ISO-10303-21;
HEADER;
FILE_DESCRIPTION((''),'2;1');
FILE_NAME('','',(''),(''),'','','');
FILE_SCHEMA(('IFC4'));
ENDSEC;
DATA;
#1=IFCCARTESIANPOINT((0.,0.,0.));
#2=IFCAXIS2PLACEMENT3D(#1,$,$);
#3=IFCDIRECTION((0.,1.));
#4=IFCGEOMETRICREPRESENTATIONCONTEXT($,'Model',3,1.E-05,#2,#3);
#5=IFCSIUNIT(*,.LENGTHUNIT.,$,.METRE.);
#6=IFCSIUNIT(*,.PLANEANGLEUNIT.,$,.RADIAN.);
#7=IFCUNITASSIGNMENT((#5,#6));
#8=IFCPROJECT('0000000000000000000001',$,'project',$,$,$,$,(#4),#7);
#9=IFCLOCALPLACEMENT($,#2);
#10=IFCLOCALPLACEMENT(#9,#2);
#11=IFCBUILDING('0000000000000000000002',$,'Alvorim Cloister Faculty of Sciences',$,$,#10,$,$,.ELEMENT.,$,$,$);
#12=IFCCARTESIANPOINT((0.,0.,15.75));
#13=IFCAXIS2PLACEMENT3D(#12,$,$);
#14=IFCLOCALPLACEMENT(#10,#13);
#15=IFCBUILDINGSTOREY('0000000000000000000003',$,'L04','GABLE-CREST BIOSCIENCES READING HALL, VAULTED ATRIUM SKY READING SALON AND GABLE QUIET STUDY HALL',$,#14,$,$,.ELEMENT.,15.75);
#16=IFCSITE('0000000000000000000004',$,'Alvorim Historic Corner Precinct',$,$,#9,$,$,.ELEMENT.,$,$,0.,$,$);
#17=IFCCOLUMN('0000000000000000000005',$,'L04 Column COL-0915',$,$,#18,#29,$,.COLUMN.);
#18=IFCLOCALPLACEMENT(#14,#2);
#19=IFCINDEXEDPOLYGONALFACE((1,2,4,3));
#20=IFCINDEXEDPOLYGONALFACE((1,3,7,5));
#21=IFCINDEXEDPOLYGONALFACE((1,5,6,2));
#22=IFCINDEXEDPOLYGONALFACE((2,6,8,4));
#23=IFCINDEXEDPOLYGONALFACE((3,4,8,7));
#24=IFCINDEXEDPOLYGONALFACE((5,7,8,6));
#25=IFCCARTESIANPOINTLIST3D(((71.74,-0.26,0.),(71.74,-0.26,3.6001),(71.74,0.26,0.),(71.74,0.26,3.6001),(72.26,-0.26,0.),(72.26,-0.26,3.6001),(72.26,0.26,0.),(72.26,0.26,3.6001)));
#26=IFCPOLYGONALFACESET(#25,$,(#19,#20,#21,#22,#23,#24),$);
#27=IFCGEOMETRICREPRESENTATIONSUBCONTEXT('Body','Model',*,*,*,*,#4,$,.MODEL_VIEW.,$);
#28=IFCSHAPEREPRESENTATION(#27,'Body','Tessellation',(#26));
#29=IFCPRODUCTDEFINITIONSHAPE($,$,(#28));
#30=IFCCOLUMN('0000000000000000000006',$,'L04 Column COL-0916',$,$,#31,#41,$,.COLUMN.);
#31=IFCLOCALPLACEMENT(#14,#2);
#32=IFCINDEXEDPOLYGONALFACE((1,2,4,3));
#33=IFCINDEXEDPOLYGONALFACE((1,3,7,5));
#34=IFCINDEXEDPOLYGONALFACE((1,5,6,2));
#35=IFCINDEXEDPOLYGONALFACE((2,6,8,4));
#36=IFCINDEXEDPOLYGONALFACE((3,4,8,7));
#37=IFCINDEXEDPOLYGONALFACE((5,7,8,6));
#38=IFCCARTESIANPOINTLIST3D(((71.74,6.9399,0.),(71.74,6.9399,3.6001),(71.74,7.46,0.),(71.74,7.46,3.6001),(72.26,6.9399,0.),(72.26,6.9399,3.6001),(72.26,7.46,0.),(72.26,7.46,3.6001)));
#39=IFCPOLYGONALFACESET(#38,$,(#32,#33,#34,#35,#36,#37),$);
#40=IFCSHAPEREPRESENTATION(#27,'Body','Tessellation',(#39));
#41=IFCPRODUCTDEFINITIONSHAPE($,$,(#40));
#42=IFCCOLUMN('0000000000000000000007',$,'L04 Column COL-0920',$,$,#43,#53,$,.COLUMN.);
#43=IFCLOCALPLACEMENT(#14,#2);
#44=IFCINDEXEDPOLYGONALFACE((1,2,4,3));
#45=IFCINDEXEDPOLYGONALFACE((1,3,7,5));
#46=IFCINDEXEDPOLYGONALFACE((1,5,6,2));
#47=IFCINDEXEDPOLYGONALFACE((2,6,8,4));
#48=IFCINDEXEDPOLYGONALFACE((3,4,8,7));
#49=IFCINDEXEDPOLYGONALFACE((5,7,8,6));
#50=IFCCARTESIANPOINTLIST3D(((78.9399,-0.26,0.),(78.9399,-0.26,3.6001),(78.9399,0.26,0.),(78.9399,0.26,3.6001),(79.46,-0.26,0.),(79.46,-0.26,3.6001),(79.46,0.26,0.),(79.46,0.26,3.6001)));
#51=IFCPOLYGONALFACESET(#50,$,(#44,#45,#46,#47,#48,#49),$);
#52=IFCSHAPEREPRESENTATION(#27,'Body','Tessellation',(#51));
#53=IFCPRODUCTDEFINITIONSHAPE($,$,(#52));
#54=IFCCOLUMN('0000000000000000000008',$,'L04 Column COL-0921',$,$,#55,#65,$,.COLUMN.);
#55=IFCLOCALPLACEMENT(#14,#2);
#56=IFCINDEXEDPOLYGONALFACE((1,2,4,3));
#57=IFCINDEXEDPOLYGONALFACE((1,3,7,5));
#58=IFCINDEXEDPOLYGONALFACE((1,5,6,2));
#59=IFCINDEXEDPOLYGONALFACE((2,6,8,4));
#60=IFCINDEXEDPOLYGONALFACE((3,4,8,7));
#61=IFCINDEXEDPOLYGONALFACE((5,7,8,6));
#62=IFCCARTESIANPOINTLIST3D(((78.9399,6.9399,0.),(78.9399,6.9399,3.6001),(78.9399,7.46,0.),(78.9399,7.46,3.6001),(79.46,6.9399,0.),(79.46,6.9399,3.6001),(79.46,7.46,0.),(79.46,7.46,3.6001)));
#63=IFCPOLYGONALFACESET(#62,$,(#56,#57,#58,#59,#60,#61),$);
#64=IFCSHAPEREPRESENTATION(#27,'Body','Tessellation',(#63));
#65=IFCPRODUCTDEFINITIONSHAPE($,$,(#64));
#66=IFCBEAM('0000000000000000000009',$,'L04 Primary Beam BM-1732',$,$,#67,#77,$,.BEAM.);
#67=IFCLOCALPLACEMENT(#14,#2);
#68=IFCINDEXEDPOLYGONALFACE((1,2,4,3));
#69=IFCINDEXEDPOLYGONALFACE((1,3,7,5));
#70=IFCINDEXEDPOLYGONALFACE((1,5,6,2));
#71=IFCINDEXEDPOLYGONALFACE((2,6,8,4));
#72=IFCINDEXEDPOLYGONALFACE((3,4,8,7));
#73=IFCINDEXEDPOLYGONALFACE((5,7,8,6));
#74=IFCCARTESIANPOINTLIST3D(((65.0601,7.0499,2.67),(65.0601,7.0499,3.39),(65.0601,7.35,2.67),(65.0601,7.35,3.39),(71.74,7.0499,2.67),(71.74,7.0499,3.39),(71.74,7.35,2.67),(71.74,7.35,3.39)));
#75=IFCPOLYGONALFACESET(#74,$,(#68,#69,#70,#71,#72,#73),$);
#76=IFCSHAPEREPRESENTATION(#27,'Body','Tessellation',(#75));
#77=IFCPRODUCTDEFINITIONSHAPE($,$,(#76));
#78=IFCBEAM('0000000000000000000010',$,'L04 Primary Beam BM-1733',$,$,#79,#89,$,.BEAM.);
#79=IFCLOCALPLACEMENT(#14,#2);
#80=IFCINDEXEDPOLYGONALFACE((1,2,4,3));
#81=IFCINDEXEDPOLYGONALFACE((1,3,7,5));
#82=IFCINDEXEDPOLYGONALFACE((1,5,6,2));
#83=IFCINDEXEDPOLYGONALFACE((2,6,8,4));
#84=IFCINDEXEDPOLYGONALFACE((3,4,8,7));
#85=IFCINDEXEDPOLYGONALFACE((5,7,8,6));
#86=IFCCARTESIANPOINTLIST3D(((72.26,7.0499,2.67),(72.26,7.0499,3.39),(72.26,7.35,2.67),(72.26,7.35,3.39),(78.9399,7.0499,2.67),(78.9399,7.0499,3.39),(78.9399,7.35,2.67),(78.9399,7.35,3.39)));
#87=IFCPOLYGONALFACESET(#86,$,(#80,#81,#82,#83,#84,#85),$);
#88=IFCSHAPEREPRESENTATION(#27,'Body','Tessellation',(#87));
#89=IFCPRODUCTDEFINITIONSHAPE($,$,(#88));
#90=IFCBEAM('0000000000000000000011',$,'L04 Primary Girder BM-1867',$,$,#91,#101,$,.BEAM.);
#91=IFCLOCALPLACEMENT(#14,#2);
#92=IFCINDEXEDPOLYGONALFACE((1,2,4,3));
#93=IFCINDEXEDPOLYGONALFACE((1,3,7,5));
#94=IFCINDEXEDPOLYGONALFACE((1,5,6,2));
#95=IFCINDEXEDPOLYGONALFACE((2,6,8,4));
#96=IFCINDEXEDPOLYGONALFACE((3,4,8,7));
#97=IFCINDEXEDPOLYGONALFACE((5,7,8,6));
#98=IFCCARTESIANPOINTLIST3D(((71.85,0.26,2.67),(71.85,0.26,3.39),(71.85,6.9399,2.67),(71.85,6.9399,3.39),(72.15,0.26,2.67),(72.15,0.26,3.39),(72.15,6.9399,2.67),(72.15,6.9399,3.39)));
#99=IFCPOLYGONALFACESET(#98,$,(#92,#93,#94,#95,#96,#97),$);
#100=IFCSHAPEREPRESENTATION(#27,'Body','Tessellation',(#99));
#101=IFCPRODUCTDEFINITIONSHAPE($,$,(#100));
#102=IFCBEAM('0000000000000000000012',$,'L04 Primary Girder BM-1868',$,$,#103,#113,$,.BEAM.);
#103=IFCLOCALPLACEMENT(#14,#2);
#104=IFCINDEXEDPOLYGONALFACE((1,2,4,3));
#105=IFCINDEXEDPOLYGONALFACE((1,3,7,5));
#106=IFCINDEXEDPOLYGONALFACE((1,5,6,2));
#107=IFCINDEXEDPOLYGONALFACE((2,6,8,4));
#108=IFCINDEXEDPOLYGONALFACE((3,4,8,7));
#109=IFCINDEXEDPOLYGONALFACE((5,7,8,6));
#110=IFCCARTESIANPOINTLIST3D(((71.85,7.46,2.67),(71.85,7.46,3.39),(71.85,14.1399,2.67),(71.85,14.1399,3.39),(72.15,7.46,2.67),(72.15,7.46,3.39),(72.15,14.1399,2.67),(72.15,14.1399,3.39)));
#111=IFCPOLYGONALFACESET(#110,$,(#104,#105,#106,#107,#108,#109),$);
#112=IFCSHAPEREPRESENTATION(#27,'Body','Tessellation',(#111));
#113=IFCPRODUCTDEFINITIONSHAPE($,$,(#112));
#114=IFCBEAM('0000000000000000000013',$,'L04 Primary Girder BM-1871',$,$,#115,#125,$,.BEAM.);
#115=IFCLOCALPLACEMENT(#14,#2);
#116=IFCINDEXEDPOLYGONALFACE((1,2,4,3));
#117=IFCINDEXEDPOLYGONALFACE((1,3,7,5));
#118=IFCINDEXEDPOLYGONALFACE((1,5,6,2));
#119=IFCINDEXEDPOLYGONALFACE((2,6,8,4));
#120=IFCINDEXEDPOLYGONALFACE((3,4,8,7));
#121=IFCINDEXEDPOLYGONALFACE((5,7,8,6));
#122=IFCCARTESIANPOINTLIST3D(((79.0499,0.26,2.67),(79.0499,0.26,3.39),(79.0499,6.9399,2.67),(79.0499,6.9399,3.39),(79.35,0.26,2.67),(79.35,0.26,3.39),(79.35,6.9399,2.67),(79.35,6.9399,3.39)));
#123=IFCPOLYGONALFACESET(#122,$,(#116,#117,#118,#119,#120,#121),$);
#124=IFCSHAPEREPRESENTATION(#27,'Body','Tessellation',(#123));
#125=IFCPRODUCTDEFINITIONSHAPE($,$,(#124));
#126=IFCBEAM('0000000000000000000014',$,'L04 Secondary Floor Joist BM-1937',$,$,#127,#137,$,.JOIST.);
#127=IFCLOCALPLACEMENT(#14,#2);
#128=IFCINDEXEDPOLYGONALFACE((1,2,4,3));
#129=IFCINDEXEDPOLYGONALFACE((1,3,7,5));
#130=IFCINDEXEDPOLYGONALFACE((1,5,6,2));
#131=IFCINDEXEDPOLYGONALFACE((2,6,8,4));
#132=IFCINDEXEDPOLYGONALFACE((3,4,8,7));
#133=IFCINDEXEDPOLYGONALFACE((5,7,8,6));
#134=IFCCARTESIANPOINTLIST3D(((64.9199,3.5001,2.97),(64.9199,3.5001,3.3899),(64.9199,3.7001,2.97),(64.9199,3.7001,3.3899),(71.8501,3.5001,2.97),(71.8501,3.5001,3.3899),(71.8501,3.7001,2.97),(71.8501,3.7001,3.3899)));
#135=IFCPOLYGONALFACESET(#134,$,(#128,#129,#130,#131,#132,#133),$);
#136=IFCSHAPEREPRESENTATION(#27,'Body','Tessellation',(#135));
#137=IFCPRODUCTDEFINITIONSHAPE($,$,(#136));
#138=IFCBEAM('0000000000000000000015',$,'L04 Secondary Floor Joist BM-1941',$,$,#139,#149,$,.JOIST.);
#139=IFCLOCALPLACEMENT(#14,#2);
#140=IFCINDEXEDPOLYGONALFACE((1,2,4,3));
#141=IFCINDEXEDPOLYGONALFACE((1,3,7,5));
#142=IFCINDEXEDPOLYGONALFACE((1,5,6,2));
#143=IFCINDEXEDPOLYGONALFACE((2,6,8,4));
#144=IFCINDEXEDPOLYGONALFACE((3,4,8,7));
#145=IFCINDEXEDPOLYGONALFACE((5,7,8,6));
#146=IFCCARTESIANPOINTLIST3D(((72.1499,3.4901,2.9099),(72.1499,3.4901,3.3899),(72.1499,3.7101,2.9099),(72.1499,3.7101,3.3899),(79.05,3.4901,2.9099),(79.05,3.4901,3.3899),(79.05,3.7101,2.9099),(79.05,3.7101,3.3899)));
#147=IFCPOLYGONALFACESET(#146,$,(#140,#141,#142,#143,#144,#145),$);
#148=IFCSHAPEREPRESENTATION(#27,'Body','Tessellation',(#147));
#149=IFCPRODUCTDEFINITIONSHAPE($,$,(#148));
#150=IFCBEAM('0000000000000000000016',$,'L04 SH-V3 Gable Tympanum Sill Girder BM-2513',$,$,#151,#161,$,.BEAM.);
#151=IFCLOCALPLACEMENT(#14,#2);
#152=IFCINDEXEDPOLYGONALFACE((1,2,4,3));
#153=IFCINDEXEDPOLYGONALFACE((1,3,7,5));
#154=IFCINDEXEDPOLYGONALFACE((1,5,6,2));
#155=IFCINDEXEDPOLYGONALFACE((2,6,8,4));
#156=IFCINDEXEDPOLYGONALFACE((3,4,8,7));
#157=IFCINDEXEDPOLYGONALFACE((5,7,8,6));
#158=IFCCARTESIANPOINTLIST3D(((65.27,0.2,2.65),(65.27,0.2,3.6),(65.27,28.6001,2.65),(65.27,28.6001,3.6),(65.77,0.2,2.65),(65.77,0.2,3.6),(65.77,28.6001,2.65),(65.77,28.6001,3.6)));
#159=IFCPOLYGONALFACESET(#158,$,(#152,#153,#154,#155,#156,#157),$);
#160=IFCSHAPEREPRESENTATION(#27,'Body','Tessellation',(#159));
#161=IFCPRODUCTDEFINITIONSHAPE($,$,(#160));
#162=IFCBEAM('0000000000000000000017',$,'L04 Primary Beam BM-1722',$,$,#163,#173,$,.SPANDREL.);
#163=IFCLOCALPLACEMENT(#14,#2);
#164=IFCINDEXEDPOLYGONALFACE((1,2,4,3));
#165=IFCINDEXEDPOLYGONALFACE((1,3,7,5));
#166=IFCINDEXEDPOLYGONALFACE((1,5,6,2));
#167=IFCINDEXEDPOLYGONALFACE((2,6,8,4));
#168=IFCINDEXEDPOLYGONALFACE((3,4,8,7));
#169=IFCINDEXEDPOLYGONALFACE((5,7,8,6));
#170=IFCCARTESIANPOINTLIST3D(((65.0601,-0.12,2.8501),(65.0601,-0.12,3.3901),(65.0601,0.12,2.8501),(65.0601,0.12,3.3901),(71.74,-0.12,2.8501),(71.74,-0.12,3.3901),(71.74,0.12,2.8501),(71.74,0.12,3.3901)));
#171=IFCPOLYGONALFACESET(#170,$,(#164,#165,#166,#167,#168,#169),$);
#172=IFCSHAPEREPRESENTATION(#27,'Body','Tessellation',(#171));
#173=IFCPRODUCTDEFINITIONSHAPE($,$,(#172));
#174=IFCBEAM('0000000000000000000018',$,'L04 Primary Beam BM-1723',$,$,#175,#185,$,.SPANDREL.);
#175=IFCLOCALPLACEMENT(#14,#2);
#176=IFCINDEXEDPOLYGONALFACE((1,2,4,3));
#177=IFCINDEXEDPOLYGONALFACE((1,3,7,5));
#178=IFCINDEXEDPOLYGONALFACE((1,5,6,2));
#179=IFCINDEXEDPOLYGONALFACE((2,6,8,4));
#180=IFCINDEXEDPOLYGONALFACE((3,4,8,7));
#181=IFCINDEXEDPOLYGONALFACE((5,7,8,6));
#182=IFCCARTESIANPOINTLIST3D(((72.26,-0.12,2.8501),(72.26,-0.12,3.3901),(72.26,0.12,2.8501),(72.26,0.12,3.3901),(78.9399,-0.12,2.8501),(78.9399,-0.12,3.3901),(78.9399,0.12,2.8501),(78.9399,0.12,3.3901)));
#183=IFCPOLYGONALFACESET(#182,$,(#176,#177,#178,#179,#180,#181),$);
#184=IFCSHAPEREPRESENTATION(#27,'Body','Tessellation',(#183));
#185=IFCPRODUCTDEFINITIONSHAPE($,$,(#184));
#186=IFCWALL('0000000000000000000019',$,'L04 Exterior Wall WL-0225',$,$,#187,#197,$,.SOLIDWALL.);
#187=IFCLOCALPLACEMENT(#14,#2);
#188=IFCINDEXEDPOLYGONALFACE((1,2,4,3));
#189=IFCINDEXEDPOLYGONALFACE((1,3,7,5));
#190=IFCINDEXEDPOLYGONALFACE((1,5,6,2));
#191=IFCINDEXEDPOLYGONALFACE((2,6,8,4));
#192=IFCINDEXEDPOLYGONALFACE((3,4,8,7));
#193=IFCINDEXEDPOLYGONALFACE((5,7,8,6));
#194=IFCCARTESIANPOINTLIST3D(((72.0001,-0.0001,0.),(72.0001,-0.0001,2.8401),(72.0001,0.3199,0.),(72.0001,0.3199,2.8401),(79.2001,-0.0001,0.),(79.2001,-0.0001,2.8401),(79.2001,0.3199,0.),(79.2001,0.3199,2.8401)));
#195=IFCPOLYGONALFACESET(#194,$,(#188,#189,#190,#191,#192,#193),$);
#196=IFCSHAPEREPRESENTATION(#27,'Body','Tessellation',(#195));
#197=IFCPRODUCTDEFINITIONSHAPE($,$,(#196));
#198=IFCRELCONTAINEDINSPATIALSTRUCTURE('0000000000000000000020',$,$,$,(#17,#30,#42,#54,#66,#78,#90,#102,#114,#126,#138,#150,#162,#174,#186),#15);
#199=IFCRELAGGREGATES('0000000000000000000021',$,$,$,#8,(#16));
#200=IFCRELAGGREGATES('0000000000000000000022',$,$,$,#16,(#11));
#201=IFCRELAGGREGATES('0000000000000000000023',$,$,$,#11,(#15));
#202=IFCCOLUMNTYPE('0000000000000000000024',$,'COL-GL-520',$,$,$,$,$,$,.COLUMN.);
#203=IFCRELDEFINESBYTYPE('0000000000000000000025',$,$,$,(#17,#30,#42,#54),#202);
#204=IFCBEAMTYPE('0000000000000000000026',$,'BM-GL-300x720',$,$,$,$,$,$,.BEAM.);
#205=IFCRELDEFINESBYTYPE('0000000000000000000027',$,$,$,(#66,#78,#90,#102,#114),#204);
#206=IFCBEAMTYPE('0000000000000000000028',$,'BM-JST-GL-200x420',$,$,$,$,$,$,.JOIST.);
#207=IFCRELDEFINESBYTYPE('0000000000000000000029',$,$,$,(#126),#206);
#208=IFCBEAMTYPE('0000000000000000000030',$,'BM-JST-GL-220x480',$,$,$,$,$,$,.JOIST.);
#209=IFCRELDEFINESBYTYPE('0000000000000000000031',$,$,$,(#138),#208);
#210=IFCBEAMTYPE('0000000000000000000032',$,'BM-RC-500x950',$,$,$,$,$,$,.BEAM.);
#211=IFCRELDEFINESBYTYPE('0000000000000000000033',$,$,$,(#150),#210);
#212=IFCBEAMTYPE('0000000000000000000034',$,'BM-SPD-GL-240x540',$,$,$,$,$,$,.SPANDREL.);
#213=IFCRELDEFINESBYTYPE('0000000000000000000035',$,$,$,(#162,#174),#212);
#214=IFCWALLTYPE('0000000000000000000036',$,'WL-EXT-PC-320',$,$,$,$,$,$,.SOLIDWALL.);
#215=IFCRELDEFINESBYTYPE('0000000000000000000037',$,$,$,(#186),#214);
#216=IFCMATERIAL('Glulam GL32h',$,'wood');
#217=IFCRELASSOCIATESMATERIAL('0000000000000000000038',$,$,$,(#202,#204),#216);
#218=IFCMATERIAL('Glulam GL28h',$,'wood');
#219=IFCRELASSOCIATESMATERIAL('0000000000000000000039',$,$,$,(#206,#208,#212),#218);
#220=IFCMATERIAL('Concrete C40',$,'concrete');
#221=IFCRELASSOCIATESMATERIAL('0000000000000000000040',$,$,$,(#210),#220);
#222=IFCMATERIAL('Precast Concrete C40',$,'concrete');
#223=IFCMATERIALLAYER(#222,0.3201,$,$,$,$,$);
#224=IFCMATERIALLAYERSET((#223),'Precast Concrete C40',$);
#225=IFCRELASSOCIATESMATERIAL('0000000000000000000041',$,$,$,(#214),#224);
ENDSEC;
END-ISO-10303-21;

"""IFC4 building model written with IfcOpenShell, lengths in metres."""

from ifc_helpers import new_model, si_unit, direction, frame, frame_2d, origin, origin_2d, place, context, subcontext, project, spatial, rectangle, extrude, material, layer, layer_set, material_profile, profile_set, type_object, element, save


model = new_model("IFC4")

# Units and contexts
model_context = context("Model", 3, precision=1e-05, world=origin(), true_north=direction((0.0, 1.0)))
body_context = subcontext(model_context, "Body", "Model", "MODEL_VIEW")
ifc_project = project(units=[si_unit("LENGTHUNIT", "METRE"), si_unit("PLANEANGLEUNIT", "RADIAN")], contexts=[model_context])

# Site, building, storey
site_placement = place(None, origin())
site = spatial("IfcSite", under=ifc_project, at=site_placement, Name="Alvorim Historic Corner Precinct", CompositionType="ELEMENT", RefElevation=0.0)
building_placement = place(site_placement, origin())
building = spatial("IfcBuilding", under=site, at=building_placement, Name="Alvorim Cloister Faculty of Sciences", CompositionType="ELEMENT")
storey_placement = place(building_placement, frame((0.0, 0.0, 15.75)))
storey = spatial("IfcBuildingStorey", under=building, at=storey_placement, Name="L04", Description="GABLE-CREST BIOSCIENCES READING HALL, VAULTED ATRIUM SKY READING SALON AND GABLE QUIET STUDY HALL", CompositionType="ELEMENT", Elevation=15.75)

# Columns
ifc_material_1 = material(Name="Glulam GL32h", Category="wood")
ifc_material_profile_1 = material_profile(ifc_material_1, rectangle(XDim=0.52, YDim=0.52, at=origin_2d()), Name="GL32-COL-520x520")
ifc_profile_set_1 = profile_set([ifc_material_profile_1], Name="Glulam GL32h")
column_type = type_object("IfcColumnType", Name="COL-GL-520", PredefinedType="COLUMN", material=ifc_profile_set_1)
for number, where, z_axis, x_axis, name in (
    (1, (72.0, 0.0, 0.0), (0.0, 0.0, 1.0), (1.0, 0.0, 0.0), "L04 Column COL-0915"),
    (2, (72.0, 7.2, 0.0), (0.0, 0.0, 1.0), (1.0, 0.0, 0.0), "L04 Column COL-0916"),
    (3, (79.2, 0.0, 0.0), (0.0, 0.0, 1.0), (1.0, 0.0, 0.0), "L04 Column COL-0920"),
    (4, (79.2, 7.2, 0.0), (0.0, 0.0, 1.0), (1.0, 0.0, 0.0), "L04 Column COL-0921"),
):
    element("IfcColumn", number, at=place(storey_placement, frame(where, z_axis=z_axis, x_axis=x_axis)), inside=storey, type_object=column_type, Name=name, PredefinedType="COLUMN", context=body_context, shape_type="SweptSolid", body=[
        extrude(rectangle(XDim=0.52, YDim=0.52, at=origin_2d()), origin(), (0.0, 0.0, 1.0), 3.6001),
    ])

# Beams
ifc_material_profile_2 = material_profile(ifc_material_1, rectangle(XDim=0.3, YDim=0.72, at=origin_2d()), Name="GL32-BM-300x720")
ifc_profile_set_2 = profile_set([ifc_material_profile_2], Name="Glulam GL32h")
beam_type_1 = type_object("IfcBeamType", Name="BM-GL-300x720", PredefinedType="BEAM", material=ifc_profile_set_2)
for number, where, z_axis, x_axis, name in (
    (5, (65.0601, 7.2, 3.03), (1.0, 0.0, 0.0), (0.0, 1.0, 0.0), "L04 Primary Beam BM-1732"),
    (6, (72.26, 7.2, 3.03), (1.0, 0.0, 0.0), (0.0, 1.0, 0.0), "L04 Primary Beam BM-1733"),
    (7, (72.0, 0.26, 3.03), (0.0, 1.0, 0.0), (-1.0, 0.0, 0.0), "L04 Primary Girder BM-1867"),
    (8, (72.0, 7.46, 3.03), (0.0, 1.0, 0.0), (-1.0, 0.0, 0.0), "L04 Primary Girder BM-1868"),
    (9, (79.2, 0.26, 3.03), (0.0, 1.0, 0.0), (-1.0, 0.0, 0.0), "L04 Primary Girder BM-1871"),
):
    element("IfcBeam", number, at=place(storey_placement, frame(where, z_axis=z_axis, x_axis=x_axis)), inside=storey, type_object=beam_type_1, Name=name, PredefinedType="BEAM", context=body_context, shape_type="SweptSolid", body=[
        extrude(rectangle(XDim=0.3, YDim=0.72, at=origin_2d()), origin(), (0.0, 0.0, 1.0), 6.6799),
    ])
ifc_material_2 = material(Name="Glulam GL28h", Category="wood")
ifc_material_profile_3 = material_profile(ifc_material_2, rectangle(XDim=0.2, YDim=0.4199, at=origin_2d()), Name="GL28-JST-200x420")
ifc_profile_set_3 = profile_set([ifc_material_profile_3], Name="Glulam GL28h")
beam_type_2 = type_object("IfcBeamType", Name="BM-JST-GL-200x420", PredefinedType="JOIST", material=ifc_profile_set_3)
beam_1_placement = place(storey_placement, frame((64.9199, 3.6001, 3.1799), z_axis=(1.0, 0.0, 0.0), x_axis=(0.0, 1.0, 0.0)))
element("IfcBeam", 10, at=beam_1_placement, inside=storey, type_object=beam_type_2, Name="L04 Secondary Floor Joist BM-1937", PredefinedType="JOIST", context=body_context, shape_type="SweptSolid", body=[
    extrude(rectangle(XDim=0.2, YDim=0.4199, at=origin_2d()), origin(), (0.0, 0.0, 1.0), 6.9302),
])
ifc_material_profile_4 = material_profile(ifc_material_2, rectangle(XDim=0.22, YDim=0.48, at=origin_2d()), Name="GL28-JST-220x480")
ifc_profile_set_4 = profile_set([ifc_material_profile_4], Name="Glulam GL28h")
beam_type_3 = type_object("IfcBeamType", Name="BM-JST-GL-220x480", PredefinedType="JOIST", material=ifc_profile_set_4)
beam_2_placement = place(storey_placement, frame((72.1499, 3.6001, 3.1499), z_axis=(1.0, 0.0, 0.0), x_axis=(0.0, 1.0, 0.0)))
element("IfcBeam", 11, at=beam_2_placement, inside=storey, type_object=beam_type_3, Name="L04 Secondary Floor Joist BM-1941", PredefinedType="JOIST", context=body_context, shape_type="SweptSolid", body=[
    extrude(rectangle(XDim=0.22, YDim=0.48, at=origin_2d()), origin(), (0.0, 0.0, 1.0), 6.9001),
])
ifc_material_3 = material(Name="Concrete C40", Category="concrete")
ifc_material_profile_5 = material_profile(ifc_material_3, rectangle(XDim=0.5, YDim=0.95, at=origin_2d()), Name="RC40-BM-500x950")
ifc_profile_set_5 = profile_set([ifc_material_profile_5], Name="Concrete C40")
beam_type_4 = type_object("IfcBeamType", Name="BM-RC-500x950", PredefinedType="BEAM", material=ifc_profile_set_5)
beam_3_placement = place(storey_placement, frame((65.52, 0.2, 3.125), z_axis=(0.0, 1.0, 0.0), x_axis=(-1.0, 0.0, 0.0)))
element("IfcBeam", 12, at=beam_3_placement, inside=storey, type_object=beam_type_4, Name="L04 SH-V3 Gable Tympanum Sill Girder BM-2513", PredefinedType="BEAM", context=body_context, shape_type="SweptSolid", body=[
    extrude(rectangle(XDim=0.5, YDim=0.95, at=origin_2d()), origin(), (0.0, 0.0, 1.0), 28.4001),
])
ifc_material_profile_6 = material_profile(ifc_material_2, rectangle(XDim=0.24, YDim=0.54, at=origin_2d()), Name="GL28-SPD-240x540")
ifc_profile_set_6 = profile_set([ifc_material_profile_6], Name="Glulam GL28h")
beam_type_5 = type_object("IfcBeamType", Name="BM-SPD-GL-240x540", PredefinedType="SPANDREL", material=ifc_profile_set_6)
for number, where, z_axis, x_axis, name in (
    (13, (65.0601, 0.0, 3.1201), (1.0, 0.0, 0.0), (0.0, 1.0, 0.0), "L04 Primary Beam BM-1722"),
    (14, (72.26, 0.0, 3.1201), (1.0, 0.0, 0.0), (0.0, 1.0, 0.0), "L04 Primary Beam BM-1723"),
):
    element("IfcBeam", number, at=place(storey_placement, frame(where, z_axis=z_axis, x_axis=x_axis)), inside=storey, type_object=beam_type_5, Name=name, PredefinedType="SPANDREL", context=body_context, shape_type="SweptSolid", body=[
        extrude(rectangle(XDim=0.24, YDim=0.54, at=origin_2d()), origin(), (0.0, 0.0, 1.0), 6.6799),
    ])

# Wall
ifc_material_4 = material(Name="Precast Concrete C40", Category="concrete")
ifc_layer_1 = layer(ifc_material_4, 0.3201)
ifc_layer_set_1 = layer_set([ifc_layer_1], Name="Precast Concrete C40")
wall_type_1 = type_object("IfcWallType", Name="WL-EXT-PC-320", PredefinedType="SOLIDWALL", material=ifc_layer_set_1)
wall_1_placement = place(storey_placement, frame((72.0, 0.1599, 0.0), z_axis=(0.0, 0.0, 1.0), x_axis=(1.0, 0.0, 0.0)))
element("IfcWall", 15, at=wall_1_placement, inside=storey, type_object=wall_type_1, Name="L04 Exterior Wall WL-0225", PredefinedType="SOLIDWALL", context=body_context, shape_type="SweptSolid", body=[
    extrude(rectangle(XDim=7.2, YDim=0.3201, at=frame_2d((3.6001, 0.0))), origin(), (0.0, 0.0, 1.0), 2.8401),
])

save(model, "model.ifc")
